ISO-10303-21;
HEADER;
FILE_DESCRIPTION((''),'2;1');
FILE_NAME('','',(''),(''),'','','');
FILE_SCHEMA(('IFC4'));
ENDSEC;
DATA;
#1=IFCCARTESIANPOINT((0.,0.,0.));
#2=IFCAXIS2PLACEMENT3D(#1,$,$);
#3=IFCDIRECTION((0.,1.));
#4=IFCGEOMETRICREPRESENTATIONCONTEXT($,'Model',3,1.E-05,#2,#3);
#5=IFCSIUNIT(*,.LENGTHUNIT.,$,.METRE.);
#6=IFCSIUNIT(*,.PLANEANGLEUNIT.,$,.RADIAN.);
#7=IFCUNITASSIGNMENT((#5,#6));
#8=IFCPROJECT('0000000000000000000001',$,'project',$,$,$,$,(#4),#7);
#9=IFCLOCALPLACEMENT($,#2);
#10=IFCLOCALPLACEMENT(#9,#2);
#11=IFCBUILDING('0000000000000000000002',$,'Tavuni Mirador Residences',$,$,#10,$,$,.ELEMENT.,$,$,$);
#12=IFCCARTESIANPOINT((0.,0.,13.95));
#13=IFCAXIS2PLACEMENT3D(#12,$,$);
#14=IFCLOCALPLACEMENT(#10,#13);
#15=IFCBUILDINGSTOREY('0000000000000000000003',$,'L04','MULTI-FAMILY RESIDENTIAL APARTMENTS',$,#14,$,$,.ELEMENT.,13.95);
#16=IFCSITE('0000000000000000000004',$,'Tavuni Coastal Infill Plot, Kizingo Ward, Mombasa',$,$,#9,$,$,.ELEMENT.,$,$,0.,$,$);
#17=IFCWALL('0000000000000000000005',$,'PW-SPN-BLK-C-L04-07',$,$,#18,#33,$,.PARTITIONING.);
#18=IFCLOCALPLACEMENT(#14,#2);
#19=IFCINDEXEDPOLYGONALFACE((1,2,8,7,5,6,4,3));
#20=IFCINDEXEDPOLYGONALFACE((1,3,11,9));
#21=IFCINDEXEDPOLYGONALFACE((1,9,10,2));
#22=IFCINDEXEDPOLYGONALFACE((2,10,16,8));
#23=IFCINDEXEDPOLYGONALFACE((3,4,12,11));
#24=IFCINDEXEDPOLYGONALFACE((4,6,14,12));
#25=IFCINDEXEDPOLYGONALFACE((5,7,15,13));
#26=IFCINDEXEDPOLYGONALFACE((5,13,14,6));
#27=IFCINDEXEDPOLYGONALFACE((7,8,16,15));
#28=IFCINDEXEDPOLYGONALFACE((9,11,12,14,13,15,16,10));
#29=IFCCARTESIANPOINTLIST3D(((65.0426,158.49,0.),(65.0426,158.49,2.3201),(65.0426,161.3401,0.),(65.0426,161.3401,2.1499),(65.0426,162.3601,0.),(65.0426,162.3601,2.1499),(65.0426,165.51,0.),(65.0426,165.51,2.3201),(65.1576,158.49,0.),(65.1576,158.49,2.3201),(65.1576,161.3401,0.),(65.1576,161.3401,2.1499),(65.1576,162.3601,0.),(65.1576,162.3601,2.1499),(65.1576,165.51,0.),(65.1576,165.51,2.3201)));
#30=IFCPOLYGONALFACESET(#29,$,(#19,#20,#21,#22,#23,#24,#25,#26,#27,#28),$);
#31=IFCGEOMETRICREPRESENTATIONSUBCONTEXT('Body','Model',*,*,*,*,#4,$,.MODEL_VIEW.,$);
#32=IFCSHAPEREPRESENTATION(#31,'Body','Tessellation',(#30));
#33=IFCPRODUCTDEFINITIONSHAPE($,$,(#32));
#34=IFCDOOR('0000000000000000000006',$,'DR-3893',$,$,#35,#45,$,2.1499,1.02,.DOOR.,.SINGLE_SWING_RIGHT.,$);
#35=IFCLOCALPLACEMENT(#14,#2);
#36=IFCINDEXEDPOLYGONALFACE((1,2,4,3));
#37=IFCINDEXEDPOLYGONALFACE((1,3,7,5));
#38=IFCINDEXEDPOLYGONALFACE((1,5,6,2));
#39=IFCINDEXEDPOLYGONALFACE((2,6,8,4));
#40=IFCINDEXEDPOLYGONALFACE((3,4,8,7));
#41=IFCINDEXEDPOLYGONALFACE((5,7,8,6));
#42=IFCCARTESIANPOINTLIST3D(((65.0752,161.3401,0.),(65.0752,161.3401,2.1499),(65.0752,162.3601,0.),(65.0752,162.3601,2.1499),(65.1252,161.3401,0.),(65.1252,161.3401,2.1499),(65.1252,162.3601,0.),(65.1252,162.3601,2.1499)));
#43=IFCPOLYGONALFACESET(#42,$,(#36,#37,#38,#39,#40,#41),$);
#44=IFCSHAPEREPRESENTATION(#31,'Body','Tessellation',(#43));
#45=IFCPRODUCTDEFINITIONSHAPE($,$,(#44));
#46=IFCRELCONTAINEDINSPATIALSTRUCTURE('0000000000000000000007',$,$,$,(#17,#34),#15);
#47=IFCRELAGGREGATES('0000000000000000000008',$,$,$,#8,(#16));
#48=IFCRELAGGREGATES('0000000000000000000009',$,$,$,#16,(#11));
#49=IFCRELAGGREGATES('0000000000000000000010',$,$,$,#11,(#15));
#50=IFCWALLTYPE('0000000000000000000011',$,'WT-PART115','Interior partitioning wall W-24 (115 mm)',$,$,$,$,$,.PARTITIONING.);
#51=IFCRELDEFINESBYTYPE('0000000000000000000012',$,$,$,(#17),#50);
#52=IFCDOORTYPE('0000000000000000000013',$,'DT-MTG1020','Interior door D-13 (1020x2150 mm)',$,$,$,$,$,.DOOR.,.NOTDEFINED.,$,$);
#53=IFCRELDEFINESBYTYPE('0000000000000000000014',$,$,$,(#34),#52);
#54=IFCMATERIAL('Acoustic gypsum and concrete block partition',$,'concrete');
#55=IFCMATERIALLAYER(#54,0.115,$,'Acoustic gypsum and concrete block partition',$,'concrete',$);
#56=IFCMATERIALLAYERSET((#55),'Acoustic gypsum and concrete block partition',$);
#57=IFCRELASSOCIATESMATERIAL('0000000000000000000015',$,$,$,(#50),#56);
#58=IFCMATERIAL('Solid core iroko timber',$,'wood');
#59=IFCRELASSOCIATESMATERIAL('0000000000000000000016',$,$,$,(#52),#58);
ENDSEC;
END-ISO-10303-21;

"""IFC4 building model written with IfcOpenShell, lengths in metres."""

from ifc_helpers import new_model, si_unit, direction, frame, frame_2d, origin, place, context, subcontext, project, spatial, rectangle, extrude, material, layer, layer_set, type_object, element, fill, save


model = new_model("IFC4")

# Units and contexts
model_context = context("Model", 3, precision=1e-05, world=origin(), true_north=direction((0.0, 1.0)))
body_context = subcontext(model_context, "Body", "Model", "MODEL_VIEW")
ifc_project = project(units=[si_unit("LENGTHUNIT", "METRE"), si_unit("PLANEANGLEUNIT", "RADIAN")], contexts=[model_context])

# Site, building, storey
site_placement = place(None, origin())
site = spatial("IfcSite", under=ifc_project, at=site_placement, Name="Tavuni Coastal Infill Plot, Kizingo Ward, Mombasa", CompositionType="ELEMENT", RefElevation=0.0)
building_placement = place(site_placement, origin())
building = spatial("IfcBuilding", under=site, at=building_placement, Name="Tavuni Mirador Residences", CompositionType="ELEMENT")
storey_placement = place(building_placement, frame((0.0, 0.0, 13.95)))
storey = spatial("IfcBuildingStorey", under=building, at=storey_placement, Name="L04", Description="MULTI-FAMILY RESIDENTIAL APARTMENTS", CompositionType="ELEMENT", Elevation=13.95)

# Wall, opening, door
ifc_material_1 = material(Name="Solid core iroko timber", Category="wood")
ifc_material_2 = material(Name="Acoustic gypsum and concrete block partition", Category="concrete")
ifc_layer_1 = layer(ifc_material_2, 0.115, Name="Acoustic gypsum and concrete block partition", Category="concrete")
ifc_layer_set_1 = layer_set([ifc_layer_1], Name="Acoustic gypsum and concrete block partition")
wall_type_1 = type_object("IfcWallType", Name="WT-PART115", Description="Interior partitioning wall W-24 (115 mm)", PredefinedType="PARTITIONING", material=ifc_layer_set_1)
wall_1_placement = place(storey_placement, frame((65.1001, 158.49, 0.0), z_axis=(0.0, 0.0, 1.0), x_axis=(0.0, 1.0, 0.0)))
wall_1 = element("IfcWall", 1, at=wall_1_placement, inside=storey, type_object=wall_type_1, Name="PW-SPN-BLK-C-L04-07", PredefinedType="PARTITIONING", context=body_context, shape_type="SweptSolid", body=[
    extrude(rectangle(XDim=7.02, YDim=0.115, at=frame_2d((3.51, 0.0))), origin(), (0.0, 0.0, 1.0), 2.3201),
])
opening_1_placement = place(wall_1_placement, frame((2.8501, 0.0, 0.0)))
opening_1 = element("IfcOpeningElement", 2, at=opening_1_placement, cuts=wall_1, PredefinedType="OPENING", context=body_context, shape_type="SweptSolid", body=[
    extrude(rectangle(XDim=1.02, YDim=2.1499, at=frame_2d((0.51, 1.075))), frame((0.0, 0.0674, 0.0), z_axis=(0.0, -1.0, 0.0), x_axis=(1.0, 0.0, 0.0)), (0.0, 0.0, 1.0), 0.135),
])
door_type_1 = type_object("IfcDoorType", Name="DT-MTG1020", Description="Interior door D-13 (1020x2150 mm)", OperationType="NOTDEFINED", PredefinedType="DOOR", material=ifc_material_1)
door_1_placement = place(opening_1_placement, origin())
door_1 = element("IfcDoor", 3, at=door_1_placement, inside=storey, type_object=door_type_1, Name="DR-3893", OperationType="SINGLE_SWING_RIGHT", OverallHeight=2.1499, OverallWidth=1.02, PredefinedType="DOOR", context=body_context, shape_type="SweptSolid", body=[
    extrude(rectangle(XDim=1.02, YDim=2.1499, at=frame_2d((0.51, 1.075))), frame((0.0, 0.0249, 0.0), z_axis=(0.0, -1.0, 0.0), x_axis=(1.0, 0.0, 0.0)), (0.0, 0.0, 1.0), 0.05),
])
fill(opening_1, door_1)

save(model, "model.ifc")
